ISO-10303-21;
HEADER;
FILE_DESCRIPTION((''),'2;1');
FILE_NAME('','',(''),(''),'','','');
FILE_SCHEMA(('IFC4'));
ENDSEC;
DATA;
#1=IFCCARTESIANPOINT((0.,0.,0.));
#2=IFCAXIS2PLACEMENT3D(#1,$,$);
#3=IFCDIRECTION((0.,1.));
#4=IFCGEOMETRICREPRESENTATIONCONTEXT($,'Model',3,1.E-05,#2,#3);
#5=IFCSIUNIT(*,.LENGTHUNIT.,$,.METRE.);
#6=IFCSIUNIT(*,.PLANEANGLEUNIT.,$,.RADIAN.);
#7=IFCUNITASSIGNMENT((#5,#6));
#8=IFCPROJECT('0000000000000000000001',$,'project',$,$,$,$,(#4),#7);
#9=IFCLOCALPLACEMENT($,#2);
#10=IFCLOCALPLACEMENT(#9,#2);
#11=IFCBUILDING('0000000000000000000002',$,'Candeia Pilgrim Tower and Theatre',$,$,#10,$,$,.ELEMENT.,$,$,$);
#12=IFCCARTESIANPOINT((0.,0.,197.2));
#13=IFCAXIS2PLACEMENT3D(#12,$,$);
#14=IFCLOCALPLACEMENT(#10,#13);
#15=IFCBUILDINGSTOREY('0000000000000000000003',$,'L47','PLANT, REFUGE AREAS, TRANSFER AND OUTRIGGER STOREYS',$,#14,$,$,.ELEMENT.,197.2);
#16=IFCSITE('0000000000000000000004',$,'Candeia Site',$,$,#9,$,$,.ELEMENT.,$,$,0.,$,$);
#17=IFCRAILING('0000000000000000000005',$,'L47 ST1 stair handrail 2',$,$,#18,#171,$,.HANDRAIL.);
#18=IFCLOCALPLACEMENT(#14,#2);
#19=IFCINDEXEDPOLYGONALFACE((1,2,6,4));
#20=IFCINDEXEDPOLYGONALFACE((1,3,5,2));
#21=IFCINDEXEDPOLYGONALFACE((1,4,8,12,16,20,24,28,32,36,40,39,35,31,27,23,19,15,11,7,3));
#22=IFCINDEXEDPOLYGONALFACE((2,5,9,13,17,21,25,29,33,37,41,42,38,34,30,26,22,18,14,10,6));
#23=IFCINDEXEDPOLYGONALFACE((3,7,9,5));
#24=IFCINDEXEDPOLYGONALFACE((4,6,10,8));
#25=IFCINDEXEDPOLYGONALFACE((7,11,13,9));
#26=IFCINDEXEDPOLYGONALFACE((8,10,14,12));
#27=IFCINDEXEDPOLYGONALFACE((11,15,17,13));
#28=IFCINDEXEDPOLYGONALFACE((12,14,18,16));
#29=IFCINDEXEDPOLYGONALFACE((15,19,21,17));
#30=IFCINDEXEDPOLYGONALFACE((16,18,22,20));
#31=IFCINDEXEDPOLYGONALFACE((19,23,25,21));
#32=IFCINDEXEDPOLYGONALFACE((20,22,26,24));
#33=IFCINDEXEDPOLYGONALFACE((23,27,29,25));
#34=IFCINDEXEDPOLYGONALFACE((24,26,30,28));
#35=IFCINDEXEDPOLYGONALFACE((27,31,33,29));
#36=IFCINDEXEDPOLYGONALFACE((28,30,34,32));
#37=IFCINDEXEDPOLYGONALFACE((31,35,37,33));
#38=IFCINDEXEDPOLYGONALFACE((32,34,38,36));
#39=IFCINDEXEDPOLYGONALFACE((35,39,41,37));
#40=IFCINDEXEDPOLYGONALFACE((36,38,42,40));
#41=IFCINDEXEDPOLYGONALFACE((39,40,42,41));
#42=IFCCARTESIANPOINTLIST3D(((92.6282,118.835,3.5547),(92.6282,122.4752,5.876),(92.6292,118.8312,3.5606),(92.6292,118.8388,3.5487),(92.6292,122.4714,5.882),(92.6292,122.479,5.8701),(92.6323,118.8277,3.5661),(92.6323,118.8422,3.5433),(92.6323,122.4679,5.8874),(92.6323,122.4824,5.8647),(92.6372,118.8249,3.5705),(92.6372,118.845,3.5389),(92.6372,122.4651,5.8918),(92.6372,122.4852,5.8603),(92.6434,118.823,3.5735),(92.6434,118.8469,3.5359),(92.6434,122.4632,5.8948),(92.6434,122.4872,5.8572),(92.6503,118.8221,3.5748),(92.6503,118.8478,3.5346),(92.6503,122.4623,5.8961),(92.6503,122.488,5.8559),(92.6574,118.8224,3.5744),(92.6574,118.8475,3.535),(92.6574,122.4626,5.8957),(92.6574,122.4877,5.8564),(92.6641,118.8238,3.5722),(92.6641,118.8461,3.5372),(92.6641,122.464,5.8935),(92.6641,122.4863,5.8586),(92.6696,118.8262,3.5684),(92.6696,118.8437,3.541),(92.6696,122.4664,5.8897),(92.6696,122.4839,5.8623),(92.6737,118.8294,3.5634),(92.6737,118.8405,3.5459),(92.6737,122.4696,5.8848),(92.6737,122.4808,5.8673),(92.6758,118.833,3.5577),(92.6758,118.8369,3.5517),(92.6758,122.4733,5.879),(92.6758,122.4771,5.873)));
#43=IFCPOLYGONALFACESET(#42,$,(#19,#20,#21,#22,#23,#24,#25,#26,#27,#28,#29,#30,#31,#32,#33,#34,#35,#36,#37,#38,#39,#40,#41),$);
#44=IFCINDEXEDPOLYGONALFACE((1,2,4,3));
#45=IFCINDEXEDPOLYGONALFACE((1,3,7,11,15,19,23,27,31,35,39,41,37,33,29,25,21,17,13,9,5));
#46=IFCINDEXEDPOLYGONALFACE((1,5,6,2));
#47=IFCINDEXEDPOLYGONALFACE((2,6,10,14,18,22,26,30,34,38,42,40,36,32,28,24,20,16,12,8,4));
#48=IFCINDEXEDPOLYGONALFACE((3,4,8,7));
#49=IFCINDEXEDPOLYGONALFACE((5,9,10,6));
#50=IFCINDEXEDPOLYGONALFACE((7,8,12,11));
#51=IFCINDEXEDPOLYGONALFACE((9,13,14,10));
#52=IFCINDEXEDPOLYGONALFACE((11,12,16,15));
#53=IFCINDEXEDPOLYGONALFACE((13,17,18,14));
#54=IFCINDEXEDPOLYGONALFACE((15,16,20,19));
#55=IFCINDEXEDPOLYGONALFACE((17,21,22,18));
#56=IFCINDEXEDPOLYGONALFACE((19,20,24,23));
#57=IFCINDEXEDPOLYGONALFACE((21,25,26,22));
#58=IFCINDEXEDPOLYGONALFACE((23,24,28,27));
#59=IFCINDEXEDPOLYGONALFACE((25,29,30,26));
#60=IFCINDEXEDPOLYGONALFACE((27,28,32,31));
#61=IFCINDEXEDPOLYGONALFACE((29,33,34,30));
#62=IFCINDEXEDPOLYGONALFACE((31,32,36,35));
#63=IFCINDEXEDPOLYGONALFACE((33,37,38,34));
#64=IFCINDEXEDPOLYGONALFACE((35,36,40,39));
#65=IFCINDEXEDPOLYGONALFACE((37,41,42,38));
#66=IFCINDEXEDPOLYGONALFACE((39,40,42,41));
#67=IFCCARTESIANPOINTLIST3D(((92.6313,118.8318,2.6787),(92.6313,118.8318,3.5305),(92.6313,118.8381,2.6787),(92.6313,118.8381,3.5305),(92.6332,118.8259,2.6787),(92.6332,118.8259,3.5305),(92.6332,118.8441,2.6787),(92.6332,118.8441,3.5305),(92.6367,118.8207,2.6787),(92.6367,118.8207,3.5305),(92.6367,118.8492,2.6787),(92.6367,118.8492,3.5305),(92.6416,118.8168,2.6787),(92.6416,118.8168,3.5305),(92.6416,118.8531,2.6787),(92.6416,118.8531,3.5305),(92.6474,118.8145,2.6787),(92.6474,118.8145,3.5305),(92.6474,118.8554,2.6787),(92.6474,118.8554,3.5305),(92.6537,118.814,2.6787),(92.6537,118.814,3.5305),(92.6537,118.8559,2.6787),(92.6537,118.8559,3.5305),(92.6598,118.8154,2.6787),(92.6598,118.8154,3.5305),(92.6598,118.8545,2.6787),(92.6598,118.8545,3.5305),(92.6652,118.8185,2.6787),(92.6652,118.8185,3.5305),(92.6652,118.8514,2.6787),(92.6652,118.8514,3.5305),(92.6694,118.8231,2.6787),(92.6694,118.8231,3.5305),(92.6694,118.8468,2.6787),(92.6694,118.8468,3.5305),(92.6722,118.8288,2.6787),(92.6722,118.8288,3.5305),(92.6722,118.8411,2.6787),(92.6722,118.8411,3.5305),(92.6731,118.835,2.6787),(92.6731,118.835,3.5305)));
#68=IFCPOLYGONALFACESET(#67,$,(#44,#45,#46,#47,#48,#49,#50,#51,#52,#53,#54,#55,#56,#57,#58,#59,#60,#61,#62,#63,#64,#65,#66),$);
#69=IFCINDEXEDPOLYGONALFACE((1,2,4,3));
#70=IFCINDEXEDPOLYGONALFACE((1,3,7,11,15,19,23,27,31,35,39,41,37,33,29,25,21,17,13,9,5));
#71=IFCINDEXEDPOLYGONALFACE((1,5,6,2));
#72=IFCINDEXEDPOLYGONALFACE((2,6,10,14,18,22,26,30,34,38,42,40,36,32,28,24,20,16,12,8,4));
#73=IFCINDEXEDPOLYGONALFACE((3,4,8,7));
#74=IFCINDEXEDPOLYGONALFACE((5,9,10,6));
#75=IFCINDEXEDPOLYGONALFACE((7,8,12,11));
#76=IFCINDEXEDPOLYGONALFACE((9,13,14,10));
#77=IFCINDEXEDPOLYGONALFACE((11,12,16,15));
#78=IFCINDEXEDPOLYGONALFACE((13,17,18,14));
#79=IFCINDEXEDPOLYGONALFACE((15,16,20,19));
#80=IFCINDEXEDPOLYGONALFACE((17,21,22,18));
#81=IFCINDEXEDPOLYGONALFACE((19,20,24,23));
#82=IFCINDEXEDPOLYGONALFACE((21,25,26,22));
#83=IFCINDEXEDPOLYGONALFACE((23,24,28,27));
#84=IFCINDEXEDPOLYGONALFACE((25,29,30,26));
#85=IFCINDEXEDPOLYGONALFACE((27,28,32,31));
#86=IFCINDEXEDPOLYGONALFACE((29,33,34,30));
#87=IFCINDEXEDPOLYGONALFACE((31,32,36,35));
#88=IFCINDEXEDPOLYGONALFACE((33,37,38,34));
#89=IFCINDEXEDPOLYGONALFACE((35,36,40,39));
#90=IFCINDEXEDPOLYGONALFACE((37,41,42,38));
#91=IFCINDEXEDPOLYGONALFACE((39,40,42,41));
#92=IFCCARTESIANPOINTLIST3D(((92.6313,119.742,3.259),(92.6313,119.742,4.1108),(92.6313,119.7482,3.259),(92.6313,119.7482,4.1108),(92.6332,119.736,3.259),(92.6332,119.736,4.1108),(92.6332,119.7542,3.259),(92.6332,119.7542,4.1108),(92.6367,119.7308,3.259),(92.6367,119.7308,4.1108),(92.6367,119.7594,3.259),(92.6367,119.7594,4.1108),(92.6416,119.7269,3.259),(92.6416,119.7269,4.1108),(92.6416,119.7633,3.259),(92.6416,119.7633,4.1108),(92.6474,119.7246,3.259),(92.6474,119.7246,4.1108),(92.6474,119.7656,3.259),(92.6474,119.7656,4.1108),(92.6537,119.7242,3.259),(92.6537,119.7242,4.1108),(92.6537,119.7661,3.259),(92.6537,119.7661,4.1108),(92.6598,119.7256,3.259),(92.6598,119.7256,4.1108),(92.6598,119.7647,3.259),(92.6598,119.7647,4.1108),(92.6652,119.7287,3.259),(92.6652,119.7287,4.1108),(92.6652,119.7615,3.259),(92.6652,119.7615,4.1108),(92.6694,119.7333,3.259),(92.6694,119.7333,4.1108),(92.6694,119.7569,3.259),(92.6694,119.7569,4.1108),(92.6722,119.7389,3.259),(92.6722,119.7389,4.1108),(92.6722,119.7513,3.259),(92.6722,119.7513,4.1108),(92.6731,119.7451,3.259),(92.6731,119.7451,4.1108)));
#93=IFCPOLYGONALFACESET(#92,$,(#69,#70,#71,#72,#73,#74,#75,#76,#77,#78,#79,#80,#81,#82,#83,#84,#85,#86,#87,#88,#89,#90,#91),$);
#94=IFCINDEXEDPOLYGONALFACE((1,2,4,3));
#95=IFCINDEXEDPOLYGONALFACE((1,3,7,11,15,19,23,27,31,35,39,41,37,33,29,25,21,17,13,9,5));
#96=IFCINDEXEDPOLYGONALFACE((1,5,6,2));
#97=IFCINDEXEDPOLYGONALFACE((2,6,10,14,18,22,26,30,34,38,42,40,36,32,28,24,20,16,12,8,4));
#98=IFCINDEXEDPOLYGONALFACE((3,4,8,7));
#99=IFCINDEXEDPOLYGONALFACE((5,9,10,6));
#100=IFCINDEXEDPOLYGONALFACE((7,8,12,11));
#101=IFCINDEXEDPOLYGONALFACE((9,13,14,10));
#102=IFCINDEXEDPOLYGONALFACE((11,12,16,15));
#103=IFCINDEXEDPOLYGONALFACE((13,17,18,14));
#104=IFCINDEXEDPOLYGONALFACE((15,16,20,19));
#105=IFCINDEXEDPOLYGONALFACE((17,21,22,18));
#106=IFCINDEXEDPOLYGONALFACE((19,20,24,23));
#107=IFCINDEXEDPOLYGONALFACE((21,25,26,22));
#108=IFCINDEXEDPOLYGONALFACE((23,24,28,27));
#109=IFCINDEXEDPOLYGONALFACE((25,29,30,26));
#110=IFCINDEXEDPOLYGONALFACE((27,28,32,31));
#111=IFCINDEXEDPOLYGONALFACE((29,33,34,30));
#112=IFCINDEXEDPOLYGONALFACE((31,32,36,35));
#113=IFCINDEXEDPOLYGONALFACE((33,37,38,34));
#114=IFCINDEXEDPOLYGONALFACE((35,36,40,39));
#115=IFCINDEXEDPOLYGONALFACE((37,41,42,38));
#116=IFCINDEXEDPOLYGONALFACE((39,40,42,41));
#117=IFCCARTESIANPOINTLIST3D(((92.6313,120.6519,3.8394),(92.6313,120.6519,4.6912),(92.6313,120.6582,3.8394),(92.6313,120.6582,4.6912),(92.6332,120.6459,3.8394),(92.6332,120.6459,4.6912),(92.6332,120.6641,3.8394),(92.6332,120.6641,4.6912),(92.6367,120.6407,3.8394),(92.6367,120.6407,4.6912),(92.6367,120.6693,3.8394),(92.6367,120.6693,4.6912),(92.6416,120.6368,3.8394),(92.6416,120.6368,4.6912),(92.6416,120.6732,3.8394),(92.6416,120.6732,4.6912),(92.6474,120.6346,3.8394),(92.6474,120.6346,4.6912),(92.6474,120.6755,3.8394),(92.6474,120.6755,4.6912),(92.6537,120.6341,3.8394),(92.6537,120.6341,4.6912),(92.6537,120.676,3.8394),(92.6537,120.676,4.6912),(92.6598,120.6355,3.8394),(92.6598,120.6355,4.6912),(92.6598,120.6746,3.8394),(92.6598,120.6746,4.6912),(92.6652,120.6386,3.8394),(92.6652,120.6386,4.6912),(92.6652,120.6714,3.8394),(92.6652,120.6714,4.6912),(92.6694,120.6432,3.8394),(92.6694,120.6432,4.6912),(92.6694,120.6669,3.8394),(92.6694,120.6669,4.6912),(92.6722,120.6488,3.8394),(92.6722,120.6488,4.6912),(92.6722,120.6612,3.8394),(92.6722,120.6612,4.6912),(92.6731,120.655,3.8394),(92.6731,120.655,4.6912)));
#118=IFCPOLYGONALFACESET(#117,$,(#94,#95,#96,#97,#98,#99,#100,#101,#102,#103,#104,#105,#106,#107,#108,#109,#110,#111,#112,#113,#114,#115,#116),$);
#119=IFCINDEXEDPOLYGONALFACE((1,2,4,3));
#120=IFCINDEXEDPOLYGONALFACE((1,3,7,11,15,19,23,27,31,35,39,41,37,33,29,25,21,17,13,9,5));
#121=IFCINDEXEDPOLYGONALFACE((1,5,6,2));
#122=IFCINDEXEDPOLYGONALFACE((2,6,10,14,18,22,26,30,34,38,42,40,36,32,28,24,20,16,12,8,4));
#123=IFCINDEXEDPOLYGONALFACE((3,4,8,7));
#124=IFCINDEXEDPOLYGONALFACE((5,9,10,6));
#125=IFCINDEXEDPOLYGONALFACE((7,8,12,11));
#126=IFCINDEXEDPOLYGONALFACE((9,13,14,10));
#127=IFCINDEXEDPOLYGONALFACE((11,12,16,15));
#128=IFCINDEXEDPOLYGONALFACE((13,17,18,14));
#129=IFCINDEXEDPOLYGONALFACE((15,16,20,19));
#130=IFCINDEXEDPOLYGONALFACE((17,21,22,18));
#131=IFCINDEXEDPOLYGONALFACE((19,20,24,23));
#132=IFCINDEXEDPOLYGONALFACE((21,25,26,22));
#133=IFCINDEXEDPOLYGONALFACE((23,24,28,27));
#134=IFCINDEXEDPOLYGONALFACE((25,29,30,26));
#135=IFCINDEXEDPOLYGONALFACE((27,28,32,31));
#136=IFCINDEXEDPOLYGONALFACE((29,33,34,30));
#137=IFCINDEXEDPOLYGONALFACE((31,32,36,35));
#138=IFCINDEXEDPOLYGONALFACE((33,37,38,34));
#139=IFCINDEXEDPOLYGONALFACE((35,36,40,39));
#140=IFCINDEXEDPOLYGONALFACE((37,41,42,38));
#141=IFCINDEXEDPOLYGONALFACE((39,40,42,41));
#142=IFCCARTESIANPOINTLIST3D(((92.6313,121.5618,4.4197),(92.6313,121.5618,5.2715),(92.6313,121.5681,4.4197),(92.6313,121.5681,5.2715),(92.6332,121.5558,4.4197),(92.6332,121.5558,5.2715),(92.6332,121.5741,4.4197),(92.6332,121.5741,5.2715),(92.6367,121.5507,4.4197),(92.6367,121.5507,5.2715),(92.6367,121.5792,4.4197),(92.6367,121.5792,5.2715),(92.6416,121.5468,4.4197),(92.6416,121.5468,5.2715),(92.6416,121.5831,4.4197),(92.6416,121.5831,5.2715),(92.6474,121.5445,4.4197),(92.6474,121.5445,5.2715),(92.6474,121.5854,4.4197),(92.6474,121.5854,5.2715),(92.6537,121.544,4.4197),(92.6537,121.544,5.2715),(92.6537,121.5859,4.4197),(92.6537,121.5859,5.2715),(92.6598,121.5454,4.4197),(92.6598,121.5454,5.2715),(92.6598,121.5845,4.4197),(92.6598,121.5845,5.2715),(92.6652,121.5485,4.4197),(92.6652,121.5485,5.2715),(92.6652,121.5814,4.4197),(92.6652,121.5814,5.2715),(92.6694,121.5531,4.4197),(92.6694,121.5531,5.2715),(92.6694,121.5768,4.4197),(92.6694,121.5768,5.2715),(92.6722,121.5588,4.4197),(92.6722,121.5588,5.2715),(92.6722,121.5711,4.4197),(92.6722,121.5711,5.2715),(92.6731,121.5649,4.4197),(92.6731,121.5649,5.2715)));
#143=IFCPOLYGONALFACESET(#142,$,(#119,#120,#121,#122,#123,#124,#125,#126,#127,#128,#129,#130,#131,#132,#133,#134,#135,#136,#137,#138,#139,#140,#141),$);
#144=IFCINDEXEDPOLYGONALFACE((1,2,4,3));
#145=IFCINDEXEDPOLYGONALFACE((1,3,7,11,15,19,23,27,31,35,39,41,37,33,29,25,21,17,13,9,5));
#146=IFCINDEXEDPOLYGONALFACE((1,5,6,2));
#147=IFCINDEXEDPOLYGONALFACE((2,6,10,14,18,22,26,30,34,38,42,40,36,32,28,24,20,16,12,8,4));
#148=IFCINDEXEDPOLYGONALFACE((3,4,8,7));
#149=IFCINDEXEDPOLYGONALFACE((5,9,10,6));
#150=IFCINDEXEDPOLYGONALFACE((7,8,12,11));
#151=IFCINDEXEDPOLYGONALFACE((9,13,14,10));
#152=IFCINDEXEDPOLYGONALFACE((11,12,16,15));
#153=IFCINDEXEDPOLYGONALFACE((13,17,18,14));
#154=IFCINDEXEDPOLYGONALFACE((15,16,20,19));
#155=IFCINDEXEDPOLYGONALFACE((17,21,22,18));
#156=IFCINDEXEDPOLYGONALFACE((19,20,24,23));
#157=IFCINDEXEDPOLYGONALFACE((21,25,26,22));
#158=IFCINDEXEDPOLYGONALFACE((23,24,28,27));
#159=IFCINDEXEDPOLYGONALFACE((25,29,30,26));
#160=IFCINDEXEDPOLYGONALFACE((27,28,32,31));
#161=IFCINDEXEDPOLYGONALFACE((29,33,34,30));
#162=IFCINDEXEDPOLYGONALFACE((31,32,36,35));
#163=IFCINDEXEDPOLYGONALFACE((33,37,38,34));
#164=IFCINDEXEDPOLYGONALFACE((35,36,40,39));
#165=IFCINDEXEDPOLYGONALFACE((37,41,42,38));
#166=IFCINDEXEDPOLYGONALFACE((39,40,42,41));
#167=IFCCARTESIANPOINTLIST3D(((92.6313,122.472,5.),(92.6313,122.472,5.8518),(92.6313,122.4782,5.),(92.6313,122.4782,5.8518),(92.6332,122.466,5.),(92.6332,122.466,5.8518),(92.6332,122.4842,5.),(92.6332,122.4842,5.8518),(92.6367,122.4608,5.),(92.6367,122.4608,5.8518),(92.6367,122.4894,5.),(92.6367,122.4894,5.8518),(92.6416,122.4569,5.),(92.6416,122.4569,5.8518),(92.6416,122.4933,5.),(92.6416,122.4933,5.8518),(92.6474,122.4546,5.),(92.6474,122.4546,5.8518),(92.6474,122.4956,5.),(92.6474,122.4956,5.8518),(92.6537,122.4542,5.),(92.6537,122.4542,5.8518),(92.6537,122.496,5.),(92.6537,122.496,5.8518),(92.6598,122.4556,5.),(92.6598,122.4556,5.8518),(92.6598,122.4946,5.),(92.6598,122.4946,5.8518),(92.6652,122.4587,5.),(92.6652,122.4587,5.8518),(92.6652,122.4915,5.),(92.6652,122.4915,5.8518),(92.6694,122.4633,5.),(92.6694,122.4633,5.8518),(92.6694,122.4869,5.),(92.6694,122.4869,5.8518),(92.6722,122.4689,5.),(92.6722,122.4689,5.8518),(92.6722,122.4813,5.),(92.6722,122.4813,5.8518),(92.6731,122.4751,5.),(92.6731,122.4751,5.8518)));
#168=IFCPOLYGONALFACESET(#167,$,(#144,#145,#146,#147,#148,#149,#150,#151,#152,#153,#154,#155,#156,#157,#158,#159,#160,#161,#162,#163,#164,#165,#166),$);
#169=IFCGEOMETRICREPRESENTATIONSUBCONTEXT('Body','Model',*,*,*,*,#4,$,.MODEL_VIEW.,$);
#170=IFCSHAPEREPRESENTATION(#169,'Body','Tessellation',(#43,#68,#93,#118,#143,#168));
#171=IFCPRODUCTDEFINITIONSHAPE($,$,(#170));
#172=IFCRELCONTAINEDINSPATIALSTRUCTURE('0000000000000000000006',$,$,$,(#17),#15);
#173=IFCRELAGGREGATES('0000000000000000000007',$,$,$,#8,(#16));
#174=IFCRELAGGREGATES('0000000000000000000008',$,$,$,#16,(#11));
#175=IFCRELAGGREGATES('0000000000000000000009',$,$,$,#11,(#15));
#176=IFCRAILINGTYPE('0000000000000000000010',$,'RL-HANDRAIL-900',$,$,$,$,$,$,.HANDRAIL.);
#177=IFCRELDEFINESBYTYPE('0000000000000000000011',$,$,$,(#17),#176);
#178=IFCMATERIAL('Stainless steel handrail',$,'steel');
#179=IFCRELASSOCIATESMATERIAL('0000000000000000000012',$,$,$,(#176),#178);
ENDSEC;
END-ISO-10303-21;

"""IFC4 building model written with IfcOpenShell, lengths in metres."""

from ifc_helpers import new_model, si_unit, direction, frame, origin, origin_2d, place, context, subcontext, project, spatial, circle, extrude, material, type_object, element, save


model = new_model("IFC4")

# Units and contexts
model_context = context("Model", 3, precision=1e-05, world=origin(), true_north=direction((0.0, 1.0)))
body_context = subcontext(model_context, "Body", "Model", "MODEL_VIEW")
ifc_project = project(units=[si_unit("LENGTHUNIT", "METRE"), si_unit("PLANEANGLEUNIT", "RADIAN")], contexts=[model_context])

# Site, building, storey
site_placement = place(None, origin())
site = spatial("IfcSite", under=ifc_project, at=site_placement, Name="Candeia Site", CompositionType="ELEMENT", RefElevation=0.0)
building_placement = place(site_placement, origin())
building = spatial("IfcBuilding", under=site, at=building_placement, Name="Candeia Pilgrim Tower and Theatre", CompositionType="ELEMENT")
storey_placement = place(building_placement, frame((0.0, 0.0, 197.2)))
storey = spatial("IfcBuildingStorey", under=building, at=storey_placement, Name="L47", Description="PLANT, REFUGE AREAS, TRANSFER AND OUTRIGGER STOREYS", CompositionType="ELEMENT", Elevation=197.2)

# Railing
ifc_material_1 = material(Name="Stainless steel handrail", Category="steel")
railing_type_1 = type_object("IfcRailingType", Name="RL-HANDRAIL-900", PredefinedType="HANDRAIL", material=ifc_material_1)
railing_1_placement = place(storey_placement, frame((92.6521, 118.835, 2.6787)))
element("IfcRailing", 1, at=railing_1_placement, inside=storey, type_object=railing_type_1, Name="L47 ST1 stair handrail 2", PredefinedType="HANDRAIL", context=body_context, shape_type="SweptSolid", body=[
    extrude(circle(Radius=0.0239, at=origin_2d()), frame((0.0, 0.0, 0.876), z_axis=(0.0, 0.843153, 0.537673), x_axis=(-1.0, 0.0, 0.0)), (0.0, 0.0, 1.0), 4.3174),
    extrude(circle(Radius=0.021, at=origin_2d()), origin(), (0.0, 0.0, 1.0), 0.8518),
    extrude(circle(Radius=0.021, at=origin_2d()), frame((0.0, 0.9102, 0.5803)), (0.0, 0.0, 1.0), 0.8518),
    extrude(circle(Radius=0.021, at=origin_2d()), frame((0.0, 1.8201, 1.1606)), (0.0, 0.0, 1.0), 0.8518),
    extrude(circle(Radius=0.021, at=origin_2d()), frame((0.0, 2.73, 1.741)), (0.0, 0.0, 1.0), 0.8518),
    extrude(circle(Radius=0.021, at=origin_2d()), frame((0.0, 3.6401, 2.3213)), (0.0, 0.0, 1.0), 0.8518),
])

save(model, "model.ifc")
